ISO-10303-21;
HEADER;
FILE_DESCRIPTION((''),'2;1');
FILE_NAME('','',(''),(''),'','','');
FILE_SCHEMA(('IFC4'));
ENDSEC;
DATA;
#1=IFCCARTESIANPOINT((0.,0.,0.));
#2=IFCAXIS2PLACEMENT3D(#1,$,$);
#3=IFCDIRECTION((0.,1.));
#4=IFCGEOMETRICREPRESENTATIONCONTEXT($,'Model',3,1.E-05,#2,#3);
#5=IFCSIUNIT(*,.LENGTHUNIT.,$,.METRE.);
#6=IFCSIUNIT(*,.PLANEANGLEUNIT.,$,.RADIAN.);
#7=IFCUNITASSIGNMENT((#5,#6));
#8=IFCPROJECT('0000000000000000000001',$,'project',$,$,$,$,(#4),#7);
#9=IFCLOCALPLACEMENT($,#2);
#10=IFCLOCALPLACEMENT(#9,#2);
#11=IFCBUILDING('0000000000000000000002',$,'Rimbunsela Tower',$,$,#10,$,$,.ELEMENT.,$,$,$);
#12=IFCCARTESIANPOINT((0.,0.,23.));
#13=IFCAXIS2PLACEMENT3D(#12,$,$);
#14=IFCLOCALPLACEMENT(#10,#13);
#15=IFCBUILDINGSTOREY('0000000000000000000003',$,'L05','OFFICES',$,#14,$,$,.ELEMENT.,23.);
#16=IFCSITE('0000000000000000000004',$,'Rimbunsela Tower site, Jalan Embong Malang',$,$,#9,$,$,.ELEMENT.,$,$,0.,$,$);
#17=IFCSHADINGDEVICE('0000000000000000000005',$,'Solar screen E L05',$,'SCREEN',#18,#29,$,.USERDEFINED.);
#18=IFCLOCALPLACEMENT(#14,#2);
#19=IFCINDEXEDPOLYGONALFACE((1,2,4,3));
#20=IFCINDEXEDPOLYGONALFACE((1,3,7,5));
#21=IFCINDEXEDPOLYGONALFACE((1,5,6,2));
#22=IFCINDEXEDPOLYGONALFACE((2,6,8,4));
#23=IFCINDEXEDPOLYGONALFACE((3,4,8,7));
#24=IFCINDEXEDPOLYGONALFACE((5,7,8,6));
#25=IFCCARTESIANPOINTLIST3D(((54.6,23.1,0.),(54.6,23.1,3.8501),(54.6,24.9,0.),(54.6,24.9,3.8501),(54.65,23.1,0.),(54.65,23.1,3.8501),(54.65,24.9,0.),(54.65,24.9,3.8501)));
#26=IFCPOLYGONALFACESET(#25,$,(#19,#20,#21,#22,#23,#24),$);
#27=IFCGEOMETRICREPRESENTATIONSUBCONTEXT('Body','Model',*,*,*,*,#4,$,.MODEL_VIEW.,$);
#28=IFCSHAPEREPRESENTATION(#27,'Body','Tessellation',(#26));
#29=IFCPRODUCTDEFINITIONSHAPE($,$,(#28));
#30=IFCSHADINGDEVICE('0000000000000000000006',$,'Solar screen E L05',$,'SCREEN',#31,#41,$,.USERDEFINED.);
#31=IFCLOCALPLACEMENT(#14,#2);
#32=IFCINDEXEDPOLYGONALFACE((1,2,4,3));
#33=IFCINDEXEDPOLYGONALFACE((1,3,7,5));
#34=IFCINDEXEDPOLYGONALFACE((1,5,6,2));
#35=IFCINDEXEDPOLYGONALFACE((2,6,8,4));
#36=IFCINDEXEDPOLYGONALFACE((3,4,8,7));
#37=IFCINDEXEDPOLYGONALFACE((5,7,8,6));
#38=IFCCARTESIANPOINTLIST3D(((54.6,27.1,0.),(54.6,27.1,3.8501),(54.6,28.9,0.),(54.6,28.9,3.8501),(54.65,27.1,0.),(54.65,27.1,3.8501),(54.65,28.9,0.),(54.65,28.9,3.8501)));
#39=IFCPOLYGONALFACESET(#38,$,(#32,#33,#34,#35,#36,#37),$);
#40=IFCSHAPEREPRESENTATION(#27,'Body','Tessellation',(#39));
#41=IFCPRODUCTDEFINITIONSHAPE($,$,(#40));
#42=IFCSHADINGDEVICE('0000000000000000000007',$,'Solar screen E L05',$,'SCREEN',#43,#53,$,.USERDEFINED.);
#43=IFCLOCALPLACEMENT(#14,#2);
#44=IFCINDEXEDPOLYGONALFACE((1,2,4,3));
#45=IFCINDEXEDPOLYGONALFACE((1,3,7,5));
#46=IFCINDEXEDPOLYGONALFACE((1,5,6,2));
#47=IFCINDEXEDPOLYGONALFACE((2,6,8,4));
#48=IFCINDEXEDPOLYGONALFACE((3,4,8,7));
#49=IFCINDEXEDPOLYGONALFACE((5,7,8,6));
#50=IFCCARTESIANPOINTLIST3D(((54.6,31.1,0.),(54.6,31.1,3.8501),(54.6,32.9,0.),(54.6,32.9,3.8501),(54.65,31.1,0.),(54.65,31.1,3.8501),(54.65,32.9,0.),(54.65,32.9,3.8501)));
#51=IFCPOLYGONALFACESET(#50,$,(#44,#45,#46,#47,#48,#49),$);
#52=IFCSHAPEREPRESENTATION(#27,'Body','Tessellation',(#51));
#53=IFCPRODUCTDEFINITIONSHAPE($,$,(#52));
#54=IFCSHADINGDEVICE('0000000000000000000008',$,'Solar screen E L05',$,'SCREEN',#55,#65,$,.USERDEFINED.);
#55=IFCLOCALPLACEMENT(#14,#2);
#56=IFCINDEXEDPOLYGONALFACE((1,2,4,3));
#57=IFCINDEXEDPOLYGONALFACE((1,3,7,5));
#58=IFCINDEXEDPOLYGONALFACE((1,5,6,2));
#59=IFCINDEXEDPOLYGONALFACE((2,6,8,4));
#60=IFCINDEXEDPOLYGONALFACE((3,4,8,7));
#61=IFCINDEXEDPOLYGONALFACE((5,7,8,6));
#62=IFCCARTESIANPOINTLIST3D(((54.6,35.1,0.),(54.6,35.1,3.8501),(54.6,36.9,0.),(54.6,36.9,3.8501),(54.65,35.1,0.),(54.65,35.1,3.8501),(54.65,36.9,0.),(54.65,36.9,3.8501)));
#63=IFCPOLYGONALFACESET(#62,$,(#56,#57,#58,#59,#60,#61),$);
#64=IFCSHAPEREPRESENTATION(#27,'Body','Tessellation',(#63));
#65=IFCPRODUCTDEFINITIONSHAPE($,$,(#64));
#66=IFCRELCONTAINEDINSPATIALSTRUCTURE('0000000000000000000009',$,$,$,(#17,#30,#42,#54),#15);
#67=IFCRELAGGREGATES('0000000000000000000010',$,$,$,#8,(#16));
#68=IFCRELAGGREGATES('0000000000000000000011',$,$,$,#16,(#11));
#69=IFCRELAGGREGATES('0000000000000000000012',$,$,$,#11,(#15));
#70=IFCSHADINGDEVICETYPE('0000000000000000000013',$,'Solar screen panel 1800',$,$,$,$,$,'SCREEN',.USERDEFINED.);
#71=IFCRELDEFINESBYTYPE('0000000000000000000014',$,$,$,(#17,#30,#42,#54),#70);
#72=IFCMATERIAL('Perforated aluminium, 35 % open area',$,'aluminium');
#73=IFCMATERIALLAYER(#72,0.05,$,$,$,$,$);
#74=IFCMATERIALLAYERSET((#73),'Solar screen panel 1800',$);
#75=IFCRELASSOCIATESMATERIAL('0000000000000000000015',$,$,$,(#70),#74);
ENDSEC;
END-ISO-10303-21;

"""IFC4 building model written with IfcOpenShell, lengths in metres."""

from ifc_helpers import new_model, si_unit, direction, frame, origin, origin_2d, place, context, subcontext, project, spatial, rectangle, extrude, material, layer, layer_set, type_object, element, save


model = new_model("IFC4")

# Units and contexts
model_context = context("Model", 3, precision=1e-05, world=origin(), true_north=direction((0.0, 1.0)))
body_context = subcontext(model_context, "Body", "Model", "MODEL_VIEW")
ifc_project = project(units=[si_unit("LENGTHUNIT", "METRE"), si_unit("PLANEANGLEUNIT", "RADIAN")], contexts=[model_context])

# Site, building, storey
site_placement = place(None, origin())
site = spatial("IfcSite", under=ifc_project, at=site_placement, Name="Rimbunsela Tower site, Jalan Embong Malang", CompositionType="ELEMENT", RefElevation=0.0)
building_placement = place(site_placement, origin())
building = spatial("IfcBuilding", under=site, at=building_placement, Name="Rimbunsela Tower", CompositionType="ELEMENT")
storey_placement = place(building_placement, frame((0.0, 0.0, 23.0)))
storey = spatial("IfcBuildingStorey", under=building, at=storey_placement, Name="L05", Description="OFFICES", CompositionType="ELEMENT", Elevation=23.0)

# Shading devices
ifc_material_1 = material(Name="Perforated aluminium, 35 % open area", Category="aluminium")
ifc_layer_1 = layer(ifc_material_1, 0.05)
ifc_layer_set_1 = layer_set([ifc_layer_1], Name="Solar screen panel 1800")
shading_device_type = type_object("IfcShadingDeviceType", Name="Solar screen panel 1800", ElementType="SCREEN", PredefinedType="USERDEFINED", material=ifc_layer_set_1)
for number, where, z_axis, x_axis, name in (
    (1, (54.625, 24.0, 0.0), (0.0, 0.0, 1.0), (0.0, 1.0, 0.0), "Solar screen E L05"),
    (2, (54.625, 28.0, 0.0), (0.0, 0.0, 1.0), (0.0, 1.0, 0.0), "Solar screen E L05"),
    (3, (54.625, 32.0, 0.0), (0.0, 0.0, 1.0), (0.0, 1.0, 0.0), "Solar screen E L05"),
    (4, (54.625, 36.0, 0.0), (0.0, 0.0, 1.0), (0.0, 1.0, 0.0), "Solar screen E L05"),
):
    element("IfcShadingDevice", number, at=place(storey_placement, frame(where, z_axis=z_axis, x_axis=x_axis)), inside=storey, type_object=shading_device_type, Name=name, ObjectType="SCREEN", PredefinedType="USERDEFINED", context=body_context, shape_type="SweptSolid", body=[
        extrude(rectangle(XDim=1.8, YDim=0.05, at=origin_2d()), origin(), (0.0, 0.0, 1.0), 3.8501),
    ])

save(model, "model.ifc")
